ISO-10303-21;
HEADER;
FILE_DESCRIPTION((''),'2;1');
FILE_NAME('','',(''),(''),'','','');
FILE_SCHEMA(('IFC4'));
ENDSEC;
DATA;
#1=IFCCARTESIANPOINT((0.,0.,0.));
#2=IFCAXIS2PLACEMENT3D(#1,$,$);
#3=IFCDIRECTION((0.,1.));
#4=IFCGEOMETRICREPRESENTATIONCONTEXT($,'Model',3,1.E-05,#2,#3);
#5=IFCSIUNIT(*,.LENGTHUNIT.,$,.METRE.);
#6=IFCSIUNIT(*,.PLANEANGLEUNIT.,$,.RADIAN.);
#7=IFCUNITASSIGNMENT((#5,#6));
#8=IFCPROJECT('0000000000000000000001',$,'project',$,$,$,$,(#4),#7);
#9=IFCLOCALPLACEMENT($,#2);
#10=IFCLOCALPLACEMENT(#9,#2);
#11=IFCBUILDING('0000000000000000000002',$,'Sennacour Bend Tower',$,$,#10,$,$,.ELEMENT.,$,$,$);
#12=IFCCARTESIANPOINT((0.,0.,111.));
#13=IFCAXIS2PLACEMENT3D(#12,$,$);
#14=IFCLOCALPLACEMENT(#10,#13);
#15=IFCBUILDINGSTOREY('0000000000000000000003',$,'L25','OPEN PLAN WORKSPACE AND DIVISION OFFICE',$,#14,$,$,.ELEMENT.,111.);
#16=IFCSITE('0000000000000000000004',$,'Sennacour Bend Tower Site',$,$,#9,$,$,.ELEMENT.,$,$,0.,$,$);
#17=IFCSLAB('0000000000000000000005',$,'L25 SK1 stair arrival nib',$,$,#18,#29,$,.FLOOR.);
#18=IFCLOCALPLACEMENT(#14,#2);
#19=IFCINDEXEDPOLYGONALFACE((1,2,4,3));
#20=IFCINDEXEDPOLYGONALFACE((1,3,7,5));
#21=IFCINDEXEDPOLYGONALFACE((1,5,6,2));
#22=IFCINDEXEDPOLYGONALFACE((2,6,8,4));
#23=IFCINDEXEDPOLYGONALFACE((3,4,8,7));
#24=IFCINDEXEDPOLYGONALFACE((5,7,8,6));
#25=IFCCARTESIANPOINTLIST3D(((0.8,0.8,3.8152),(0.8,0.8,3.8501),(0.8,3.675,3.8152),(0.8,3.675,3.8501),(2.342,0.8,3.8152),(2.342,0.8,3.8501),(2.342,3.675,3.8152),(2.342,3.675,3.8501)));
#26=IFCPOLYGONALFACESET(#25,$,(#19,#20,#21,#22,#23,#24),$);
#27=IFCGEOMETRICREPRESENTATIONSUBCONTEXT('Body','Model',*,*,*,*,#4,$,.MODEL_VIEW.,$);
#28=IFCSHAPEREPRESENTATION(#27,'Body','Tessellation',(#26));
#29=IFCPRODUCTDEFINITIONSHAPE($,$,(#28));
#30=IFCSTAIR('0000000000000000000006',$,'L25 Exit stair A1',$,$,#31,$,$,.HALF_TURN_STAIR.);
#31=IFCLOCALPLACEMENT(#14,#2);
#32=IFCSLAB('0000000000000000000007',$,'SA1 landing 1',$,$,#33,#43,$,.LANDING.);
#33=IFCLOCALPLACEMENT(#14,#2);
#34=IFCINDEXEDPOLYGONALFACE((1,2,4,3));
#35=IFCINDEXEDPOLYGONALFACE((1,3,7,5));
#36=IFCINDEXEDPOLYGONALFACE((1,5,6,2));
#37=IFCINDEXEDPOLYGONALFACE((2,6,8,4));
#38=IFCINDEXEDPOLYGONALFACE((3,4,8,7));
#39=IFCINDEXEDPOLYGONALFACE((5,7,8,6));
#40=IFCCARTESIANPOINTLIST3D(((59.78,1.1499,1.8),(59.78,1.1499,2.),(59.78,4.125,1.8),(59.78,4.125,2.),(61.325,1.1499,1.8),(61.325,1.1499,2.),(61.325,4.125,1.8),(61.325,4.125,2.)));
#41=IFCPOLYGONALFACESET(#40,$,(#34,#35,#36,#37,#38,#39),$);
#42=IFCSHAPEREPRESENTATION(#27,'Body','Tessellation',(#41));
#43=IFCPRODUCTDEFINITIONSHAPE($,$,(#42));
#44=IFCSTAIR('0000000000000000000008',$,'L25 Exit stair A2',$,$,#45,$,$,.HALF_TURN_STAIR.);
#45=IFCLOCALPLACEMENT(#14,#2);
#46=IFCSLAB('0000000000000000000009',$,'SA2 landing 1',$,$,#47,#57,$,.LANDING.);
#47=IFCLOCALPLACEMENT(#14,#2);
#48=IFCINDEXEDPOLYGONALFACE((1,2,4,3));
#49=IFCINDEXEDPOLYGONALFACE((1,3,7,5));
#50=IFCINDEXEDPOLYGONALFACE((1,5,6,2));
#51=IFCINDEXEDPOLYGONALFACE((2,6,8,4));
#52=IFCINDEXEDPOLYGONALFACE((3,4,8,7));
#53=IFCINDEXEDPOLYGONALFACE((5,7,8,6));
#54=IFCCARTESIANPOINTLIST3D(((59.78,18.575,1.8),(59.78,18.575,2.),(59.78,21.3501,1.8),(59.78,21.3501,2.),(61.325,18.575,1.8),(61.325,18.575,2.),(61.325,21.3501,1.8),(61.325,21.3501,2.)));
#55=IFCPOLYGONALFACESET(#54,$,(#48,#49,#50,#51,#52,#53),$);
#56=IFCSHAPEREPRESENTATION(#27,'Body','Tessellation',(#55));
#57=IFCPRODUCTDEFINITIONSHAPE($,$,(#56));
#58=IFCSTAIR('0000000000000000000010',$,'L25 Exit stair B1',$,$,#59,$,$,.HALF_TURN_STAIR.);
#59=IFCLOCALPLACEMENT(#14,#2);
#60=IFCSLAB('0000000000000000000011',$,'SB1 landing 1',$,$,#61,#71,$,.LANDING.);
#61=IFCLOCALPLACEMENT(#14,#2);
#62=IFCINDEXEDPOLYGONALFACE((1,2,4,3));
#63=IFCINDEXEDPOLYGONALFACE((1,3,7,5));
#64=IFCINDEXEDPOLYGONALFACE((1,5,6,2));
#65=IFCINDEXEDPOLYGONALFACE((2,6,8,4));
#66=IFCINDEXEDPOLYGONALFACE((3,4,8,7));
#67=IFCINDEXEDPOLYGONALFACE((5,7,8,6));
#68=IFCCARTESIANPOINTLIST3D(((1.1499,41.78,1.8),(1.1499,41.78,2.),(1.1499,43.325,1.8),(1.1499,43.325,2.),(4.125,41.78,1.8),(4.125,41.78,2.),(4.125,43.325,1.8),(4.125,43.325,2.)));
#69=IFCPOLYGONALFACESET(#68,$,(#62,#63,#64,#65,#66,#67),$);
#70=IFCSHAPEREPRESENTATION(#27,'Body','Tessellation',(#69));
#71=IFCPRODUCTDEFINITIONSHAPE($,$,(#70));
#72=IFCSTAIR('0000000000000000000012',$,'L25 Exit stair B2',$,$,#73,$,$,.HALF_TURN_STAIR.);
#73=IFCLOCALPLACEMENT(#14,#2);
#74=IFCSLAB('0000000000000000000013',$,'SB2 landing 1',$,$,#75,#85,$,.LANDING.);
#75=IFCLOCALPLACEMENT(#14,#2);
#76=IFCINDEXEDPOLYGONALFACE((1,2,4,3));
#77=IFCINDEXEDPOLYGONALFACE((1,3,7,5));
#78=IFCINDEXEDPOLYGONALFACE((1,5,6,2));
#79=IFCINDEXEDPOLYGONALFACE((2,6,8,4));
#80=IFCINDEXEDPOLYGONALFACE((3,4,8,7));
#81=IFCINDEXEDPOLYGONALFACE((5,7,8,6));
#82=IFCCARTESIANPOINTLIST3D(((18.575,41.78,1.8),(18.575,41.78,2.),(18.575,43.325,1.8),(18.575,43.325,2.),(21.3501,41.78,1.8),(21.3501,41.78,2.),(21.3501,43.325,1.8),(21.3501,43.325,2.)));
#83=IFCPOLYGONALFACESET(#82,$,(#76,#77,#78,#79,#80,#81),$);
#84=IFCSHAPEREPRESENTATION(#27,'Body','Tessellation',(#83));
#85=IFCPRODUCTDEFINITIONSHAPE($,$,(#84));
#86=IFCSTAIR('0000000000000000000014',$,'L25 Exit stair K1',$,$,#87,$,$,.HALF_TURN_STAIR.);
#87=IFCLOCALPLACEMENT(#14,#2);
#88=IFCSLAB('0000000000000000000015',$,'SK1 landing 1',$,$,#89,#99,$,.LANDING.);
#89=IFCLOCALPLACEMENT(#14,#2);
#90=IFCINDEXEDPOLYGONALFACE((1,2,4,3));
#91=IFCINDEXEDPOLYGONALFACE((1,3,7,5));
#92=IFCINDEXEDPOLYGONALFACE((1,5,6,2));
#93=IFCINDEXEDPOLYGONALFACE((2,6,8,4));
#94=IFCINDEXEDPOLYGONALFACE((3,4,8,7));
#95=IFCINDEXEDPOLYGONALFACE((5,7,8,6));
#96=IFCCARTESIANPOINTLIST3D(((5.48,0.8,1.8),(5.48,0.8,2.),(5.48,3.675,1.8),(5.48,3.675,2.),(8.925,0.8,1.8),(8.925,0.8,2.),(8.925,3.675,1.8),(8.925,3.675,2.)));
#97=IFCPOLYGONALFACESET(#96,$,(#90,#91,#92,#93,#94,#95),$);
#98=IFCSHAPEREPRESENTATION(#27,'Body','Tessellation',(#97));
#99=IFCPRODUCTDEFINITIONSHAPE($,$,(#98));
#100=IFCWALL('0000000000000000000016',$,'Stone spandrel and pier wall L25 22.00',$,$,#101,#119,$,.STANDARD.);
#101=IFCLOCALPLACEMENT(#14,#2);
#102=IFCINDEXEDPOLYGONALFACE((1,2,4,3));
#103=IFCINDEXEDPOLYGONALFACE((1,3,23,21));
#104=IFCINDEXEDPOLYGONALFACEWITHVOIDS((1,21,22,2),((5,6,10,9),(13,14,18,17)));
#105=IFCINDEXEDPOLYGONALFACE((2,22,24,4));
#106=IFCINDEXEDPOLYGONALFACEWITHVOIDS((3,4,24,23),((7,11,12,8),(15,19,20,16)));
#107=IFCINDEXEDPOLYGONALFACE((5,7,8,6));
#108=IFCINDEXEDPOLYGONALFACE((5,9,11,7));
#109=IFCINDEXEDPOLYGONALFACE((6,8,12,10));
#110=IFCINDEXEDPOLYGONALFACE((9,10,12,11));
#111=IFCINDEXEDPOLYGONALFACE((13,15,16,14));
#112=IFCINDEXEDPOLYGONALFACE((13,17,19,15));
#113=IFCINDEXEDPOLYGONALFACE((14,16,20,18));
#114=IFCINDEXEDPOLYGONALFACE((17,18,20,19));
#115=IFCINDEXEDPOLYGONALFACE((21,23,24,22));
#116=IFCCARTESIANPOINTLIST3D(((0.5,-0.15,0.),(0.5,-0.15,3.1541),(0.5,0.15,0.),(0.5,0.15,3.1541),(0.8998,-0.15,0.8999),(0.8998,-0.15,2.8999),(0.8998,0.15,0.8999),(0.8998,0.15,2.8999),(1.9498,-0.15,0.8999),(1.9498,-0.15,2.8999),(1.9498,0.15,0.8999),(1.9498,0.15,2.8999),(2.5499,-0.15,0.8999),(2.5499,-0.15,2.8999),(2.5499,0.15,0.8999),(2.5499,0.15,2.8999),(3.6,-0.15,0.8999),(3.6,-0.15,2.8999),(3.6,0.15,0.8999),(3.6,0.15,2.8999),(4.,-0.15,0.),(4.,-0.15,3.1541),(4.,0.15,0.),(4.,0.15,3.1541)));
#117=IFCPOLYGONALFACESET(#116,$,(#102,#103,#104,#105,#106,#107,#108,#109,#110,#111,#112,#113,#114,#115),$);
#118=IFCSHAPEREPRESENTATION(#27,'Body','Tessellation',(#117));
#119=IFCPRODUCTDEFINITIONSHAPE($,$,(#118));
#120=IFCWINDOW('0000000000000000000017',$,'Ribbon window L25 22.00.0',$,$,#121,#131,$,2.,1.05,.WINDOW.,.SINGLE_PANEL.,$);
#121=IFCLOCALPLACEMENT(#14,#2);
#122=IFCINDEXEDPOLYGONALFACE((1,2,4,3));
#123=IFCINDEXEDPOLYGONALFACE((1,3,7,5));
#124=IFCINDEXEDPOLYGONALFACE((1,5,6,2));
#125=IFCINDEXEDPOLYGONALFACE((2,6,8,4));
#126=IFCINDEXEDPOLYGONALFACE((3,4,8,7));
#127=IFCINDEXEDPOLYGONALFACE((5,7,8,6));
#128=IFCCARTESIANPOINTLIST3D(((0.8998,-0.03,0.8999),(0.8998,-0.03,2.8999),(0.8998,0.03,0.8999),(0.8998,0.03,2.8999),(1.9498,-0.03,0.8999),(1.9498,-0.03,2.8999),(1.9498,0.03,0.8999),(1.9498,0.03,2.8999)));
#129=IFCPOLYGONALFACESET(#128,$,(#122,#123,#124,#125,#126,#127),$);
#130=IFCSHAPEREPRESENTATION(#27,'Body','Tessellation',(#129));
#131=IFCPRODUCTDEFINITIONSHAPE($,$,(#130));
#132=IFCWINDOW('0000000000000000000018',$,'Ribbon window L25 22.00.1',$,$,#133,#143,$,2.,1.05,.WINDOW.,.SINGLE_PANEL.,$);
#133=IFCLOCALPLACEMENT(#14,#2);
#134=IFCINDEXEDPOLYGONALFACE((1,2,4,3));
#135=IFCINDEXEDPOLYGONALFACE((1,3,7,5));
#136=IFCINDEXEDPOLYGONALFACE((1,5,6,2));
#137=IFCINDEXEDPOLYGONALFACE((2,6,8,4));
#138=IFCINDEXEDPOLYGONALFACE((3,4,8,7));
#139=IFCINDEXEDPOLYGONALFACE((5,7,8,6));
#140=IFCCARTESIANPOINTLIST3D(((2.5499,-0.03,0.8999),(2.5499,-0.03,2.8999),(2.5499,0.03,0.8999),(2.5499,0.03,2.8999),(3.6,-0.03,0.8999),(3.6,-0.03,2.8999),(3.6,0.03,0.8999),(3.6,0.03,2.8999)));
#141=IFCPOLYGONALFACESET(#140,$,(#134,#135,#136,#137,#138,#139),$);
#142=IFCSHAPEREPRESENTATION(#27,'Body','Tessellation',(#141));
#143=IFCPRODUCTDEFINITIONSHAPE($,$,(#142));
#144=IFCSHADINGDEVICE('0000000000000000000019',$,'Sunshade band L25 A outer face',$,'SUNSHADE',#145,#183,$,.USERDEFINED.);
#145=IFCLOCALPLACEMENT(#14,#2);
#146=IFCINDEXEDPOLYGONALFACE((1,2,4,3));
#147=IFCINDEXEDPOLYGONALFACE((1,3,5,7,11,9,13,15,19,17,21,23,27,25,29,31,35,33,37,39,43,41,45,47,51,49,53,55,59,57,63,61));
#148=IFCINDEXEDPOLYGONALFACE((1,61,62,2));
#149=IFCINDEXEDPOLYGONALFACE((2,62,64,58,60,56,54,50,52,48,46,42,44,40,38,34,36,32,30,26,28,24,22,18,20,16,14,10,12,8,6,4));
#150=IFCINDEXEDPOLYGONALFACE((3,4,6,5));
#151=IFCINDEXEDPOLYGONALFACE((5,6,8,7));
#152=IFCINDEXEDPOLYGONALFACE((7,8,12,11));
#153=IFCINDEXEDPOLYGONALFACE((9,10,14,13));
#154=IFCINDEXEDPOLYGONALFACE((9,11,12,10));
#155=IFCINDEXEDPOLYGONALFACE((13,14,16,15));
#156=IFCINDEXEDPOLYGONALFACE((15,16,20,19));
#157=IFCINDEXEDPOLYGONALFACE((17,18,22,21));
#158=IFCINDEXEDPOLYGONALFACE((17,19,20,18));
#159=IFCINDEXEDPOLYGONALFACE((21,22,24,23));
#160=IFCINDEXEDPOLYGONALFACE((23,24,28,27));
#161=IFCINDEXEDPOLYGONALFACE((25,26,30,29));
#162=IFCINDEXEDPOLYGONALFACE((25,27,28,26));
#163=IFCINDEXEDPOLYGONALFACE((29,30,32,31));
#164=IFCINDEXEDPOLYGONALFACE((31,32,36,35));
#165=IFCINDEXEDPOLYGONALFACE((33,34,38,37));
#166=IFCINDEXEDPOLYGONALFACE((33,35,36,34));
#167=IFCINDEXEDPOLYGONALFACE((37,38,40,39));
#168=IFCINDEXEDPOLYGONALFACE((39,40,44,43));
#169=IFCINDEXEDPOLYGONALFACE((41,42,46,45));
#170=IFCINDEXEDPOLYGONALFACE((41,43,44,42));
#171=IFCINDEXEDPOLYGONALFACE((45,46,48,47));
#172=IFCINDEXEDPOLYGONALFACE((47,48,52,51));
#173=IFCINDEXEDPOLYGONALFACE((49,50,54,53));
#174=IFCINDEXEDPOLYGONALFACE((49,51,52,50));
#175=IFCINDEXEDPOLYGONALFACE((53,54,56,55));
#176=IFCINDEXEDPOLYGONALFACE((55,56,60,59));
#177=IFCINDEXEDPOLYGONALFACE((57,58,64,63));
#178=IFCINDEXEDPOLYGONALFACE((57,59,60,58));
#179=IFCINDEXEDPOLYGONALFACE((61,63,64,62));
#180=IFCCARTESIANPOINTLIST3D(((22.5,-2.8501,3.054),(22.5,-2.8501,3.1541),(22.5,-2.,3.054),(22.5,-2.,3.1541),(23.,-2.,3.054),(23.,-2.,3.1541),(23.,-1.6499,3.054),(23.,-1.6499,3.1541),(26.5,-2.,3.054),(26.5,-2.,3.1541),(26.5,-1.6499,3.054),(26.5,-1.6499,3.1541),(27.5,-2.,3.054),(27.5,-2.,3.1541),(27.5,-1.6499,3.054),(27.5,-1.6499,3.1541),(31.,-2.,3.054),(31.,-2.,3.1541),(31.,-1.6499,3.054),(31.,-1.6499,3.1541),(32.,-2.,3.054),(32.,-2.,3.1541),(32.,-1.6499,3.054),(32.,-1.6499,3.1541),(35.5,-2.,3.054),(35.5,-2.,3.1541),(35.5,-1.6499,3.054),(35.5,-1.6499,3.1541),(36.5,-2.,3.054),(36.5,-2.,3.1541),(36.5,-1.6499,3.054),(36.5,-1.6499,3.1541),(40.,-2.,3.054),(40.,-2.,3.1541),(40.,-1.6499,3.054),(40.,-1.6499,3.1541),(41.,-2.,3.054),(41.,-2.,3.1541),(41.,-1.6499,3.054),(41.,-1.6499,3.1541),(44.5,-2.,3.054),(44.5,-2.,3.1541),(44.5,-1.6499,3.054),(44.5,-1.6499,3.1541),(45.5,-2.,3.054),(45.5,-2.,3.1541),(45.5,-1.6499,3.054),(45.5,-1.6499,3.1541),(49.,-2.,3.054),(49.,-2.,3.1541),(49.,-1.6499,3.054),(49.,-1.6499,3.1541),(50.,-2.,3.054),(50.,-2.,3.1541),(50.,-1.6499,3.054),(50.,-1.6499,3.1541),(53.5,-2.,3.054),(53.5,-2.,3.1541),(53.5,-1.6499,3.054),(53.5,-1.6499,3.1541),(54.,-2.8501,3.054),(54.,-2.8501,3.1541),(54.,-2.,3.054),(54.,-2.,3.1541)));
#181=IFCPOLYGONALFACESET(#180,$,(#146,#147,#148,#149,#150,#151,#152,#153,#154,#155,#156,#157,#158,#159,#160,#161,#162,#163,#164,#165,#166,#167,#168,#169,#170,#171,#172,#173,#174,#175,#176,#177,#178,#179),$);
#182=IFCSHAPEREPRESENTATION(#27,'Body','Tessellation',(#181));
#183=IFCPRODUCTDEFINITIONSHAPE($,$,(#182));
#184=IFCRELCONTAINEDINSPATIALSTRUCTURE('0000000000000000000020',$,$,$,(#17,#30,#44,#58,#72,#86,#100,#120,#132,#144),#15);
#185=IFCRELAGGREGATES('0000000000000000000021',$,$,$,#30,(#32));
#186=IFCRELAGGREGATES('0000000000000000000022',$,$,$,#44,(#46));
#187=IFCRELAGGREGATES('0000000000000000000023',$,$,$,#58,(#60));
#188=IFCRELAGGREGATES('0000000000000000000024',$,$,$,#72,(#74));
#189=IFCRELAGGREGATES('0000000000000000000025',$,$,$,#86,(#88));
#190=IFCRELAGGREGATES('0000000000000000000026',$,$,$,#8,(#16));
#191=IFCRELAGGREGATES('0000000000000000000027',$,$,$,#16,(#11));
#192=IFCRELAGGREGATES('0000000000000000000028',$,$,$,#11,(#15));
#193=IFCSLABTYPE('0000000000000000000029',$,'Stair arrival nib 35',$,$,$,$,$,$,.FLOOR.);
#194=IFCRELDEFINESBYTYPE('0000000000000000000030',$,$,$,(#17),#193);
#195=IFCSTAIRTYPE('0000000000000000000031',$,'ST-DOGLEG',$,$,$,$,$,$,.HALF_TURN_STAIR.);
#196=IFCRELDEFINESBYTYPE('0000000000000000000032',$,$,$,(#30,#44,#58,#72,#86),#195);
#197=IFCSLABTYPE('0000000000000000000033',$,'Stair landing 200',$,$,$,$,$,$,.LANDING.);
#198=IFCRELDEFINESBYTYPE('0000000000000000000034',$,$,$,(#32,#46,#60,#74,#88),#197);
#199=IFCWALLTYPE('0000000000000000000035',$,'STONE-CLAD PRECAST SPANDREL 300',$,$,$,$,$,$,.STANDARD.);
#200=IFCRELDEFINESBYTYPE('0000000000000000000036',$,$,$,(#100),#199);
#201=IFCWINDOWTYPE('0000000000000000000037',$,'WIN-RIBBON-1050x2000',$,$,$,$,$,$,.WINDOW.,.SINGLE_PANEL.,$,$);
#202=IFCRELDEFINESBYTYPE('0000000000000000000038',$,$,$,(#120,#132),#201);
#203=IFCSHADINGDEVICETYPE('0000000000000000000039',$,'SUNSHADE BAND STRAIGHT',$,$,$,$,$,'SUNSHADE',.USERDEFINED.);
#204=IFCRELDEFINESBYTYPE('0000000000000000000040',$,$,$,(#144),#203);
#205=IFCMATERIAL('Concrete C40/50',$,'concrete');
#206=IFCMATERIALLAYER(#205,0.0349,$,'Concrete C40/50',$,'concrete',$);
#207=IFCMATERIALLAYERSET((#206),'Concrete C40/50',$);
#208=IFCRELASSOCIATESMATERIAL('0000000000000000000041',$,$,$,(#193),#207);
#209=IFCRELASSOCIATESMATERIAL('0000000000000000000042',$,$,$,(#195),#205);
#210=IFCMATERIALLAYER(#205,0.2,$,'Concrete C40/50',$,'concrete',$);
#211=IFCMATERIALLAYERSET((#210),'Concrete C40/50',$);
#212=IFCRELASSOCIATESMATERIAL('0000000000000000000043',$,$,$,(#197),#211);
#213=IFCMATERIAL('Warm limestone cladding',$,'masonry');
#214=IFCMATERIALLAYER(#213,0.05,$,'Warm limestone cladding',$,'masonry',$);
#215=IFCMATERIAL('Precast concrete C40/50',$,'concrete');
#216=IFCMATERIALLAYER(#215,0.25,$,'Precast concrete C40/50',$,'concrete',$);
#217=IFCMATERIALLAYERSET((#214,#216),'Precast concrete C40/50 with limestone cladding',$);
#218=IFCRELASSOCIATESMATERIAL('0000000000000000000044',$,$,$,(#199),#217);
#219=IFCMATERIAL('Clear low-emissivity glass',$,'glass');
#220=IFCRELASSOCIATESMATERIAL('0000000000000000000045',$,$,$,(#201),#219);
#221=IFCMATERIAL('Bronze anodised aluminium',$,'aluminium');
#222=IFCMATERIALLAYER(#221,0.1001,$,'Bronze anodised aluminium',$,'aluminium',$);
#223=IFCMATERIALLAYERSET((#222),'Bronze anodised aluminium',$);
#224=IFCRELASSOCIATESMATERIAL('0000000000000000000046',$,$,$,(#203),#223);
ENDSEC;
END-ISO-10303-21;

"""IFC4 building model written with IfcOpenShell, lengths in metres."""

from ifc_helpers import new_model, si_unit, direction, frame, frame_2d, origin, place, context, subcontext, project, spatial, polyline, rectangle, outline, extrude, material, layer, layer_set, type_object, element, fill, aggregate, save


model = new_model("IFC4")

# Units and contexts
model_context = context("Model", 3, precision=1e-05, world=origin(), true_north=direction((0.0, 1.0)))
body_context = subcontext(model_context, "Body", "Model", "MODEL_VIEW")
ifc_project = project(units=[si_unit("LENGTHUNIT", "METRE"), si_unit("PLANEANGLEUNIT", "RADIAN")], contexts=[model_context])

# Site, building, storey
site_placement = place(None, origin())
site = spatial("IfcSite", under=ifc_project, at=site_placement, Name="Sennacour Bend Tower Site", CompositionType="ELEMENT", RefElevation=0.0)
building_placement = place(site_placement, origin())
building = spatial("IfcBuilding", under=site, at=building_placement, Name="Sennacour Bend Tower", CompositionType="ELEMENT")
storey_placement = place(building_placement, frame((0.0, 0.0, 111.0)))
storey = spatial("IfcBuildingStorey", under=building, at=storey_placement, Name="L25", Description="OPEN PLAN WORKSPACE AND DIVISION OFFICE", CompositionType="ELEMENT", Elevation=111.0)

# Slab
ifc_material_1 = material(Name="Concrete C40/50", Category="concrete")
ifc_layer_1 = layer(ifc_material_1, 0.0349, Name="Concrete C40/50", Category="concrete")
ifc_layer_set_1 = layer_set([ifc_layer_1], Name="Concrete C40/50")
slab_type_1 = type_object("IfcSlabType", Name="Stair arrival nib 35", PredefinedType="FLOOR", material=ifc_layer_set_1)
slab_1_placement = place(storey_placement, frame((0.0, 0.0, 3.8152)))
element("IfcSlab", 1, at=slab_1_placement, inside=storey, type_object=slab_type_1, Name="L25 SK1 stair arrival nib", PredefinedType="FLOOR", context=body_context, shape_type="SweptSolid", body=[
    extrude(outline(polyline([(2.342, 3.675), (0.8, 3.675), (0.8, 0.8), (2.342, 0.8), (2.342, 3.675)])), origin(), (0.0, 0.0, 1.0), 0.0349),
])

# Stairs, slabs
stair_type = type_object("IfcStairType", Name="ST-DOGLEG", PredefinedType="HALF_TURN_STAIR", material=ifc_material_1)
stair_1_placement = place(storey_placement, origin())
stair_1 = element("IfcStair", 2, at=stair_1_placement, inside=storey, type_object=stair_type, Name="L25 Exit stair A1", PredefinedType="HALF_TURN_STAIR")
ifc_layer_2 = layer(ifc_material_1, 0.2, Name="Concrete C40/50", Category="concrete")
ifc_layer_set_2 = layer_set([ifc_layer_2], Name="Concrete C40/50")
slab_type_2 = type_object("IfcSlabType", Name="Stair landing 200", PredefinedType="LANDING", material=ifc_layer_set_2)
slab_2_placement = place(storey_placement, frame((0.0, 0.0, 1.8)))
slab_2 = element("IfcSlab", 3, at=slab_2_placement, type_object=slab_type_2, Name="SA1 landing 1", PredefinedType="LANDING", context=body_context, shape_type="SweptSolid", body=[
    extrude(outline(polyline([(59.78, 1.1499), (61.325, 1.1499), (61.325, 4.125), (59.78, 4.125), (59.78, 1.1499)])), origin(), (0.0, 0.0, 1.0), 0.2),
])
aggregate(stair_1, [slab_2])
stair_2_placement = place(storey_placement, origin())
stair_2 = element("IfcStair", 4, at=stair_2_placement, inside=storey, type_object=stair_type, Name="L25 Exit stair A2", PredefinedType="HALF_TURN_STAIR")
slab_3_placement = place(storey_placement, frame((0.0, 0.0, 1.8)))
slab_3 = element("IfcSlab", 5, at=slab_3_placement, type_object=slab_type_2, Name="SA2 landing 1", PredefinedType="LANDING", context=body_context, shape_type="SweptSolid", body=[
    extrude(outline(polyline([(59.78, 18.575), (61.325, 18.575), (61.325, 21.3501), (59.78, 21.3501), (59.78, 18.575)])), origin(), (0.0, 0.0, 1.0), 0.2),
])
aggregate(stair_2, [slab_3])
stair_3_placement = place(storey_placement, origin())
stair_3 = element("IfcStair", 6, at=stair_3_placement, inside=storey, type_object=stair_type, Name="L25 Exit stair B1", PredefinedType="HALF_TURN_STAIR")
slab_4_placement = place(storey_placement, frame((0.0, 0.0, 1.8)))
slab_4 = element("IfcSlab", 7, at=slab_4_placement, type_object=slab_type_2, Name="SB1 landing 1", PredefinedType="LANDING", context=body_context, shape_type="SweptSolid", body=[
    extrude(outline(polyline([(1.1499, 41.78), (4.125, 41.78), (4.125, 43.325), (1.1499, 43.325), (1.1499, 41.78)])), origin(), (0.0, 0.0, 1.0), 0.2),
])
aggregate(stair_3, [slab_4])
stair_4_placement = place(storey_placement, origin())
stair_4 = element("IfcStair", 8, at=stair_4_placement, inside=storey, type_object=stair_type, Name="L25 Exit stair B2", PredefinedType="HALF_TURN_STAIR")
slab_5_placement = place(storey_placement, frame((0.0, 0.0, 1.8)))
slab_5 = element("IfcSlab", 9, at=slab_5_placement, type_object=slab_type_2, Name="SB2 landing 1", PredefinedType="LANDING", context=body_context, shape_type="SweptSolid", body=[
    extrude(outline(polyline([(18.575, 41.78), (21.3501, 41.78), (21.3501, 43.325), (18.575, 43.325), (18.575, 41.78)])), origin(), (0.0, 0.0, 1.0), 0.2),
])
aggregate(stair_4, [slab_5])
stair_5_placement = place(storey_placement, origin())
stair_5 = element("IfcStair", 10, at=stair_5_placement, inside=storey, type_object=stair_type, Name="L25 Exit stair K1", PredefinedType="HALF_TURN_STAIR")
slab_6_placement = place(storey_placement, frame((0.0, 0.0, 1.8)))
slab_6 = element("IfcSlab", 11, at=slab_6_placement, type_object=slab_type_2, Name="SK1 landing 1", PredefinedType="LANDING", context=body_context, shape_type="SweptSolid", body=[
    extrude(outline(polyline([(5.48, 0.8), (8.925, 0.8), (8.925, 3.675), (5.48, 3.675), (5.48, 0.8)])), origin(), (0.0, 0.0, 1.0), 0.2),
])
aggregate(stair_5, [slab_6])

# Wall, openings, windows
ifc_material_2 = material(Name="Warm limestone cladding", Category="masonry")
ifc_layer_3 = layer(ifc_material_2, 0.05, Name="Warm limestone cladding", Category="masonry")
ifc_material_3 = material(Name="Precast concrete C40/50", Category="concrete")
ifc_layer_4 = layer(ifc_material_3, 0.25, Name="Precast concrete C40/50", Category="concrete")
ifc_layer_set_3 = layer_set([ifc_layer_3, ifc_layer_4], Name="Precast concrete C40/50 with limestone cladding")
wall_type = type_object("IfcWallType", Name="STONE-CLAD PRECAST SPANDREL 300", PredefinedType="STANDARD", material=ifc_layer_set_3)
wall_placement = place(storey_placement, frame((0.5, 0.0, 0.0), z_axis=(0.0, 0.0, 1.0), x_axis=(1.0, 0.0, 0.0)))
wall = element("IfcWall", 12, at=wall_placement, inside=storey, type_object=wall_type, Name="Stone spandrel and pier wall L25 22.00", PredefinedType="STANDARD", context=body_context, shape_type="SweptSolid", body=[
    extrude(rectangle(XDim=3.5, YDim=0.3, at=frame_2d((1.75, 0.0))), origin(), (0.0, 0.0, 1.0), 3.1541),
])
opening_1_placement = place(wall_placement, frame((0.3999, 0.0, 0.8999)))
opening_1 = element("IfcOpeningElement", 13, at=opening_1_placement, cuts=wall, PredefinedType="OPENING", context=body_context, shape_type="SweptSolid", body=[
    extrude(rectangle(XDim=1.05, YDim=2.0, at=frame_2d((0.5249, 1.0))), frame((0.0, 0.1602, 0.0), z_axis=(0.0, -1.0, 0.0), x_axis=(1.0, 0.0, 0.0)), (0.0, 0.0, 1.0), 0.3201),
])
opening_2_placement = place(wall_placement, frame((2.05, 0.0, 0.8999)))
opening_2 = element("IfcOpeningElement", 14, at=opening_2_placement, cuts=wall, PredefinedType="OPENING", context=body_context, shape_type="SweptSolid", body=[
    extrude(rectangle(XDim=1.05, YDim=2.0, at=frame_2d((0.5249, 1.0))), frame((0.0, 0.1602, 0.0), z_axis=(0.0, -1.0, 0.0), x_axis=(1.0, 0.0, 0.0)), (0.0, 0.0, 1.0), 0.3201),
])
ifc_material_4 = material(Name="Clear low-emissivity glass", Category="glass")
window_type = type_object("IfcWindowType", Name="WIN-RIBBON-1050x2000", PartitioningType="SINGLE_PANEL", PredefinedType="WINDOW", material=ifc_material_4)
window_1_placement = place(opening_1_placement, origin())
window_1 = element("IfcWindow", 15, at=window_1_placement, inside=storey, type_object=window_type, Name="Ribbon window L25 22.00.0", OverallHeight=2.0, OverallWidth=1.05, PartitioningType="SINGLE_PANEL", PredefinedType="WINDOW", context=body_context, shape_type="SweptSolid", body=[
    extrude(rectangle(XDim=1.05, YDim=2.0, at=frame_2d((0.5249, 1.0))), frame((0.0, 0.03, 0.0), z_axis=(0.0, -1.0, 0.0), x_axis=(1.0, 0.0, 0.0)), (0.0, 0.0, 1.0), 0.0601),
])
fill(opening_1, window_1)
window_2_placement = place(opening_2_placement, origin())
window_2 = element("IfcWindow", 16, at=window_2_placement, inside=storey, type_object=window_type, Name="Ribbon window L25 22.00.1", OverallHeight=2.0, OverallWidth=1.05, PartitioningType="SINGLE_PANEL", PredefinedType="WINDOW", context=body_context, shape_type="SweptSolid", body=[
    extrude(rectangle(XDim=1.05, YDim=2.0, at=frame_2d((0.5249, 1.0))), frame((0.0, 0.03, 0.0), z_axis=(0.0, -1.0, 0.0), x_axis=(1.0, 0.0, 0.0)), (0.0, 0.0, 1.0), 0.0601),
])
fill(opening_2, window_2)

# Shading device
ifc_material_5 = material(Name="Bronze anodised aluminium", Category="aluminium")
ifc_layer_5 = layer(ifc_material_5, 0.1001, Name="Bronze anodised aluminium", Category="aluminium")
ifc_layer_set_4 = layer_set([ifc_layer_5], Name="Bronze anodised aluminium")
shading_device_type_1 = type_object("IfcShadingDeviceType", Name="SUNSHADE BAND STRAIGHT", ElementType="SUNSHADE", PredefinedType="USERDEFINED", material=ifc_layer_set_4)
shading_device_1_placement = place(storey_placement, frame((0.0, 0.0, 3.054)))
element("IfcShadingDevice", 17, at=shading_device_1_placement, inside=storey, type_object=shading_device_type_1, Name="Sunshade band L25 A outer face", ObjectType="SUNSHADE", PredefinedType="USERDEFINED", context=body_context, shape_type="SweptSolid", body=[
    extrude(outline(polyline([(26.5, -1.6499), (26.5, -2.0), (27.5, -2.0), (27.5, -1.6499), (31.0, -1.6499), (31.0, -2.0), (32.0, -2.0), (32.0, -1.6499), (35.5, -1.6499), (35.5, -2.0), (36.5, -2.0), (36.5, -1.6499), (40.0, -1.6499), (40.0, -2.0), (41.0, -2.0), (41.0, -1.6499), (44.5, -1.6499), (44.5, -2.0), (45.5, -2.0), (45.5, -1.6499), (49.0, -1.6499), (49.0, -2.0), (50.0, -2.0), (50.0, -1.6499), (53.5, -1.6499), (53.5, -2.0), (54.0, -2.0), (54.0, -2.8501), (22.5, -2.8501), (22.5, -2.0), (23.0, -2.0), (23.0, -1.6499), (26.5, -1.6499)])), origin(), (0.0, 0.0, 1.0), 0.1001),
])

save(model, "model.ifc")
